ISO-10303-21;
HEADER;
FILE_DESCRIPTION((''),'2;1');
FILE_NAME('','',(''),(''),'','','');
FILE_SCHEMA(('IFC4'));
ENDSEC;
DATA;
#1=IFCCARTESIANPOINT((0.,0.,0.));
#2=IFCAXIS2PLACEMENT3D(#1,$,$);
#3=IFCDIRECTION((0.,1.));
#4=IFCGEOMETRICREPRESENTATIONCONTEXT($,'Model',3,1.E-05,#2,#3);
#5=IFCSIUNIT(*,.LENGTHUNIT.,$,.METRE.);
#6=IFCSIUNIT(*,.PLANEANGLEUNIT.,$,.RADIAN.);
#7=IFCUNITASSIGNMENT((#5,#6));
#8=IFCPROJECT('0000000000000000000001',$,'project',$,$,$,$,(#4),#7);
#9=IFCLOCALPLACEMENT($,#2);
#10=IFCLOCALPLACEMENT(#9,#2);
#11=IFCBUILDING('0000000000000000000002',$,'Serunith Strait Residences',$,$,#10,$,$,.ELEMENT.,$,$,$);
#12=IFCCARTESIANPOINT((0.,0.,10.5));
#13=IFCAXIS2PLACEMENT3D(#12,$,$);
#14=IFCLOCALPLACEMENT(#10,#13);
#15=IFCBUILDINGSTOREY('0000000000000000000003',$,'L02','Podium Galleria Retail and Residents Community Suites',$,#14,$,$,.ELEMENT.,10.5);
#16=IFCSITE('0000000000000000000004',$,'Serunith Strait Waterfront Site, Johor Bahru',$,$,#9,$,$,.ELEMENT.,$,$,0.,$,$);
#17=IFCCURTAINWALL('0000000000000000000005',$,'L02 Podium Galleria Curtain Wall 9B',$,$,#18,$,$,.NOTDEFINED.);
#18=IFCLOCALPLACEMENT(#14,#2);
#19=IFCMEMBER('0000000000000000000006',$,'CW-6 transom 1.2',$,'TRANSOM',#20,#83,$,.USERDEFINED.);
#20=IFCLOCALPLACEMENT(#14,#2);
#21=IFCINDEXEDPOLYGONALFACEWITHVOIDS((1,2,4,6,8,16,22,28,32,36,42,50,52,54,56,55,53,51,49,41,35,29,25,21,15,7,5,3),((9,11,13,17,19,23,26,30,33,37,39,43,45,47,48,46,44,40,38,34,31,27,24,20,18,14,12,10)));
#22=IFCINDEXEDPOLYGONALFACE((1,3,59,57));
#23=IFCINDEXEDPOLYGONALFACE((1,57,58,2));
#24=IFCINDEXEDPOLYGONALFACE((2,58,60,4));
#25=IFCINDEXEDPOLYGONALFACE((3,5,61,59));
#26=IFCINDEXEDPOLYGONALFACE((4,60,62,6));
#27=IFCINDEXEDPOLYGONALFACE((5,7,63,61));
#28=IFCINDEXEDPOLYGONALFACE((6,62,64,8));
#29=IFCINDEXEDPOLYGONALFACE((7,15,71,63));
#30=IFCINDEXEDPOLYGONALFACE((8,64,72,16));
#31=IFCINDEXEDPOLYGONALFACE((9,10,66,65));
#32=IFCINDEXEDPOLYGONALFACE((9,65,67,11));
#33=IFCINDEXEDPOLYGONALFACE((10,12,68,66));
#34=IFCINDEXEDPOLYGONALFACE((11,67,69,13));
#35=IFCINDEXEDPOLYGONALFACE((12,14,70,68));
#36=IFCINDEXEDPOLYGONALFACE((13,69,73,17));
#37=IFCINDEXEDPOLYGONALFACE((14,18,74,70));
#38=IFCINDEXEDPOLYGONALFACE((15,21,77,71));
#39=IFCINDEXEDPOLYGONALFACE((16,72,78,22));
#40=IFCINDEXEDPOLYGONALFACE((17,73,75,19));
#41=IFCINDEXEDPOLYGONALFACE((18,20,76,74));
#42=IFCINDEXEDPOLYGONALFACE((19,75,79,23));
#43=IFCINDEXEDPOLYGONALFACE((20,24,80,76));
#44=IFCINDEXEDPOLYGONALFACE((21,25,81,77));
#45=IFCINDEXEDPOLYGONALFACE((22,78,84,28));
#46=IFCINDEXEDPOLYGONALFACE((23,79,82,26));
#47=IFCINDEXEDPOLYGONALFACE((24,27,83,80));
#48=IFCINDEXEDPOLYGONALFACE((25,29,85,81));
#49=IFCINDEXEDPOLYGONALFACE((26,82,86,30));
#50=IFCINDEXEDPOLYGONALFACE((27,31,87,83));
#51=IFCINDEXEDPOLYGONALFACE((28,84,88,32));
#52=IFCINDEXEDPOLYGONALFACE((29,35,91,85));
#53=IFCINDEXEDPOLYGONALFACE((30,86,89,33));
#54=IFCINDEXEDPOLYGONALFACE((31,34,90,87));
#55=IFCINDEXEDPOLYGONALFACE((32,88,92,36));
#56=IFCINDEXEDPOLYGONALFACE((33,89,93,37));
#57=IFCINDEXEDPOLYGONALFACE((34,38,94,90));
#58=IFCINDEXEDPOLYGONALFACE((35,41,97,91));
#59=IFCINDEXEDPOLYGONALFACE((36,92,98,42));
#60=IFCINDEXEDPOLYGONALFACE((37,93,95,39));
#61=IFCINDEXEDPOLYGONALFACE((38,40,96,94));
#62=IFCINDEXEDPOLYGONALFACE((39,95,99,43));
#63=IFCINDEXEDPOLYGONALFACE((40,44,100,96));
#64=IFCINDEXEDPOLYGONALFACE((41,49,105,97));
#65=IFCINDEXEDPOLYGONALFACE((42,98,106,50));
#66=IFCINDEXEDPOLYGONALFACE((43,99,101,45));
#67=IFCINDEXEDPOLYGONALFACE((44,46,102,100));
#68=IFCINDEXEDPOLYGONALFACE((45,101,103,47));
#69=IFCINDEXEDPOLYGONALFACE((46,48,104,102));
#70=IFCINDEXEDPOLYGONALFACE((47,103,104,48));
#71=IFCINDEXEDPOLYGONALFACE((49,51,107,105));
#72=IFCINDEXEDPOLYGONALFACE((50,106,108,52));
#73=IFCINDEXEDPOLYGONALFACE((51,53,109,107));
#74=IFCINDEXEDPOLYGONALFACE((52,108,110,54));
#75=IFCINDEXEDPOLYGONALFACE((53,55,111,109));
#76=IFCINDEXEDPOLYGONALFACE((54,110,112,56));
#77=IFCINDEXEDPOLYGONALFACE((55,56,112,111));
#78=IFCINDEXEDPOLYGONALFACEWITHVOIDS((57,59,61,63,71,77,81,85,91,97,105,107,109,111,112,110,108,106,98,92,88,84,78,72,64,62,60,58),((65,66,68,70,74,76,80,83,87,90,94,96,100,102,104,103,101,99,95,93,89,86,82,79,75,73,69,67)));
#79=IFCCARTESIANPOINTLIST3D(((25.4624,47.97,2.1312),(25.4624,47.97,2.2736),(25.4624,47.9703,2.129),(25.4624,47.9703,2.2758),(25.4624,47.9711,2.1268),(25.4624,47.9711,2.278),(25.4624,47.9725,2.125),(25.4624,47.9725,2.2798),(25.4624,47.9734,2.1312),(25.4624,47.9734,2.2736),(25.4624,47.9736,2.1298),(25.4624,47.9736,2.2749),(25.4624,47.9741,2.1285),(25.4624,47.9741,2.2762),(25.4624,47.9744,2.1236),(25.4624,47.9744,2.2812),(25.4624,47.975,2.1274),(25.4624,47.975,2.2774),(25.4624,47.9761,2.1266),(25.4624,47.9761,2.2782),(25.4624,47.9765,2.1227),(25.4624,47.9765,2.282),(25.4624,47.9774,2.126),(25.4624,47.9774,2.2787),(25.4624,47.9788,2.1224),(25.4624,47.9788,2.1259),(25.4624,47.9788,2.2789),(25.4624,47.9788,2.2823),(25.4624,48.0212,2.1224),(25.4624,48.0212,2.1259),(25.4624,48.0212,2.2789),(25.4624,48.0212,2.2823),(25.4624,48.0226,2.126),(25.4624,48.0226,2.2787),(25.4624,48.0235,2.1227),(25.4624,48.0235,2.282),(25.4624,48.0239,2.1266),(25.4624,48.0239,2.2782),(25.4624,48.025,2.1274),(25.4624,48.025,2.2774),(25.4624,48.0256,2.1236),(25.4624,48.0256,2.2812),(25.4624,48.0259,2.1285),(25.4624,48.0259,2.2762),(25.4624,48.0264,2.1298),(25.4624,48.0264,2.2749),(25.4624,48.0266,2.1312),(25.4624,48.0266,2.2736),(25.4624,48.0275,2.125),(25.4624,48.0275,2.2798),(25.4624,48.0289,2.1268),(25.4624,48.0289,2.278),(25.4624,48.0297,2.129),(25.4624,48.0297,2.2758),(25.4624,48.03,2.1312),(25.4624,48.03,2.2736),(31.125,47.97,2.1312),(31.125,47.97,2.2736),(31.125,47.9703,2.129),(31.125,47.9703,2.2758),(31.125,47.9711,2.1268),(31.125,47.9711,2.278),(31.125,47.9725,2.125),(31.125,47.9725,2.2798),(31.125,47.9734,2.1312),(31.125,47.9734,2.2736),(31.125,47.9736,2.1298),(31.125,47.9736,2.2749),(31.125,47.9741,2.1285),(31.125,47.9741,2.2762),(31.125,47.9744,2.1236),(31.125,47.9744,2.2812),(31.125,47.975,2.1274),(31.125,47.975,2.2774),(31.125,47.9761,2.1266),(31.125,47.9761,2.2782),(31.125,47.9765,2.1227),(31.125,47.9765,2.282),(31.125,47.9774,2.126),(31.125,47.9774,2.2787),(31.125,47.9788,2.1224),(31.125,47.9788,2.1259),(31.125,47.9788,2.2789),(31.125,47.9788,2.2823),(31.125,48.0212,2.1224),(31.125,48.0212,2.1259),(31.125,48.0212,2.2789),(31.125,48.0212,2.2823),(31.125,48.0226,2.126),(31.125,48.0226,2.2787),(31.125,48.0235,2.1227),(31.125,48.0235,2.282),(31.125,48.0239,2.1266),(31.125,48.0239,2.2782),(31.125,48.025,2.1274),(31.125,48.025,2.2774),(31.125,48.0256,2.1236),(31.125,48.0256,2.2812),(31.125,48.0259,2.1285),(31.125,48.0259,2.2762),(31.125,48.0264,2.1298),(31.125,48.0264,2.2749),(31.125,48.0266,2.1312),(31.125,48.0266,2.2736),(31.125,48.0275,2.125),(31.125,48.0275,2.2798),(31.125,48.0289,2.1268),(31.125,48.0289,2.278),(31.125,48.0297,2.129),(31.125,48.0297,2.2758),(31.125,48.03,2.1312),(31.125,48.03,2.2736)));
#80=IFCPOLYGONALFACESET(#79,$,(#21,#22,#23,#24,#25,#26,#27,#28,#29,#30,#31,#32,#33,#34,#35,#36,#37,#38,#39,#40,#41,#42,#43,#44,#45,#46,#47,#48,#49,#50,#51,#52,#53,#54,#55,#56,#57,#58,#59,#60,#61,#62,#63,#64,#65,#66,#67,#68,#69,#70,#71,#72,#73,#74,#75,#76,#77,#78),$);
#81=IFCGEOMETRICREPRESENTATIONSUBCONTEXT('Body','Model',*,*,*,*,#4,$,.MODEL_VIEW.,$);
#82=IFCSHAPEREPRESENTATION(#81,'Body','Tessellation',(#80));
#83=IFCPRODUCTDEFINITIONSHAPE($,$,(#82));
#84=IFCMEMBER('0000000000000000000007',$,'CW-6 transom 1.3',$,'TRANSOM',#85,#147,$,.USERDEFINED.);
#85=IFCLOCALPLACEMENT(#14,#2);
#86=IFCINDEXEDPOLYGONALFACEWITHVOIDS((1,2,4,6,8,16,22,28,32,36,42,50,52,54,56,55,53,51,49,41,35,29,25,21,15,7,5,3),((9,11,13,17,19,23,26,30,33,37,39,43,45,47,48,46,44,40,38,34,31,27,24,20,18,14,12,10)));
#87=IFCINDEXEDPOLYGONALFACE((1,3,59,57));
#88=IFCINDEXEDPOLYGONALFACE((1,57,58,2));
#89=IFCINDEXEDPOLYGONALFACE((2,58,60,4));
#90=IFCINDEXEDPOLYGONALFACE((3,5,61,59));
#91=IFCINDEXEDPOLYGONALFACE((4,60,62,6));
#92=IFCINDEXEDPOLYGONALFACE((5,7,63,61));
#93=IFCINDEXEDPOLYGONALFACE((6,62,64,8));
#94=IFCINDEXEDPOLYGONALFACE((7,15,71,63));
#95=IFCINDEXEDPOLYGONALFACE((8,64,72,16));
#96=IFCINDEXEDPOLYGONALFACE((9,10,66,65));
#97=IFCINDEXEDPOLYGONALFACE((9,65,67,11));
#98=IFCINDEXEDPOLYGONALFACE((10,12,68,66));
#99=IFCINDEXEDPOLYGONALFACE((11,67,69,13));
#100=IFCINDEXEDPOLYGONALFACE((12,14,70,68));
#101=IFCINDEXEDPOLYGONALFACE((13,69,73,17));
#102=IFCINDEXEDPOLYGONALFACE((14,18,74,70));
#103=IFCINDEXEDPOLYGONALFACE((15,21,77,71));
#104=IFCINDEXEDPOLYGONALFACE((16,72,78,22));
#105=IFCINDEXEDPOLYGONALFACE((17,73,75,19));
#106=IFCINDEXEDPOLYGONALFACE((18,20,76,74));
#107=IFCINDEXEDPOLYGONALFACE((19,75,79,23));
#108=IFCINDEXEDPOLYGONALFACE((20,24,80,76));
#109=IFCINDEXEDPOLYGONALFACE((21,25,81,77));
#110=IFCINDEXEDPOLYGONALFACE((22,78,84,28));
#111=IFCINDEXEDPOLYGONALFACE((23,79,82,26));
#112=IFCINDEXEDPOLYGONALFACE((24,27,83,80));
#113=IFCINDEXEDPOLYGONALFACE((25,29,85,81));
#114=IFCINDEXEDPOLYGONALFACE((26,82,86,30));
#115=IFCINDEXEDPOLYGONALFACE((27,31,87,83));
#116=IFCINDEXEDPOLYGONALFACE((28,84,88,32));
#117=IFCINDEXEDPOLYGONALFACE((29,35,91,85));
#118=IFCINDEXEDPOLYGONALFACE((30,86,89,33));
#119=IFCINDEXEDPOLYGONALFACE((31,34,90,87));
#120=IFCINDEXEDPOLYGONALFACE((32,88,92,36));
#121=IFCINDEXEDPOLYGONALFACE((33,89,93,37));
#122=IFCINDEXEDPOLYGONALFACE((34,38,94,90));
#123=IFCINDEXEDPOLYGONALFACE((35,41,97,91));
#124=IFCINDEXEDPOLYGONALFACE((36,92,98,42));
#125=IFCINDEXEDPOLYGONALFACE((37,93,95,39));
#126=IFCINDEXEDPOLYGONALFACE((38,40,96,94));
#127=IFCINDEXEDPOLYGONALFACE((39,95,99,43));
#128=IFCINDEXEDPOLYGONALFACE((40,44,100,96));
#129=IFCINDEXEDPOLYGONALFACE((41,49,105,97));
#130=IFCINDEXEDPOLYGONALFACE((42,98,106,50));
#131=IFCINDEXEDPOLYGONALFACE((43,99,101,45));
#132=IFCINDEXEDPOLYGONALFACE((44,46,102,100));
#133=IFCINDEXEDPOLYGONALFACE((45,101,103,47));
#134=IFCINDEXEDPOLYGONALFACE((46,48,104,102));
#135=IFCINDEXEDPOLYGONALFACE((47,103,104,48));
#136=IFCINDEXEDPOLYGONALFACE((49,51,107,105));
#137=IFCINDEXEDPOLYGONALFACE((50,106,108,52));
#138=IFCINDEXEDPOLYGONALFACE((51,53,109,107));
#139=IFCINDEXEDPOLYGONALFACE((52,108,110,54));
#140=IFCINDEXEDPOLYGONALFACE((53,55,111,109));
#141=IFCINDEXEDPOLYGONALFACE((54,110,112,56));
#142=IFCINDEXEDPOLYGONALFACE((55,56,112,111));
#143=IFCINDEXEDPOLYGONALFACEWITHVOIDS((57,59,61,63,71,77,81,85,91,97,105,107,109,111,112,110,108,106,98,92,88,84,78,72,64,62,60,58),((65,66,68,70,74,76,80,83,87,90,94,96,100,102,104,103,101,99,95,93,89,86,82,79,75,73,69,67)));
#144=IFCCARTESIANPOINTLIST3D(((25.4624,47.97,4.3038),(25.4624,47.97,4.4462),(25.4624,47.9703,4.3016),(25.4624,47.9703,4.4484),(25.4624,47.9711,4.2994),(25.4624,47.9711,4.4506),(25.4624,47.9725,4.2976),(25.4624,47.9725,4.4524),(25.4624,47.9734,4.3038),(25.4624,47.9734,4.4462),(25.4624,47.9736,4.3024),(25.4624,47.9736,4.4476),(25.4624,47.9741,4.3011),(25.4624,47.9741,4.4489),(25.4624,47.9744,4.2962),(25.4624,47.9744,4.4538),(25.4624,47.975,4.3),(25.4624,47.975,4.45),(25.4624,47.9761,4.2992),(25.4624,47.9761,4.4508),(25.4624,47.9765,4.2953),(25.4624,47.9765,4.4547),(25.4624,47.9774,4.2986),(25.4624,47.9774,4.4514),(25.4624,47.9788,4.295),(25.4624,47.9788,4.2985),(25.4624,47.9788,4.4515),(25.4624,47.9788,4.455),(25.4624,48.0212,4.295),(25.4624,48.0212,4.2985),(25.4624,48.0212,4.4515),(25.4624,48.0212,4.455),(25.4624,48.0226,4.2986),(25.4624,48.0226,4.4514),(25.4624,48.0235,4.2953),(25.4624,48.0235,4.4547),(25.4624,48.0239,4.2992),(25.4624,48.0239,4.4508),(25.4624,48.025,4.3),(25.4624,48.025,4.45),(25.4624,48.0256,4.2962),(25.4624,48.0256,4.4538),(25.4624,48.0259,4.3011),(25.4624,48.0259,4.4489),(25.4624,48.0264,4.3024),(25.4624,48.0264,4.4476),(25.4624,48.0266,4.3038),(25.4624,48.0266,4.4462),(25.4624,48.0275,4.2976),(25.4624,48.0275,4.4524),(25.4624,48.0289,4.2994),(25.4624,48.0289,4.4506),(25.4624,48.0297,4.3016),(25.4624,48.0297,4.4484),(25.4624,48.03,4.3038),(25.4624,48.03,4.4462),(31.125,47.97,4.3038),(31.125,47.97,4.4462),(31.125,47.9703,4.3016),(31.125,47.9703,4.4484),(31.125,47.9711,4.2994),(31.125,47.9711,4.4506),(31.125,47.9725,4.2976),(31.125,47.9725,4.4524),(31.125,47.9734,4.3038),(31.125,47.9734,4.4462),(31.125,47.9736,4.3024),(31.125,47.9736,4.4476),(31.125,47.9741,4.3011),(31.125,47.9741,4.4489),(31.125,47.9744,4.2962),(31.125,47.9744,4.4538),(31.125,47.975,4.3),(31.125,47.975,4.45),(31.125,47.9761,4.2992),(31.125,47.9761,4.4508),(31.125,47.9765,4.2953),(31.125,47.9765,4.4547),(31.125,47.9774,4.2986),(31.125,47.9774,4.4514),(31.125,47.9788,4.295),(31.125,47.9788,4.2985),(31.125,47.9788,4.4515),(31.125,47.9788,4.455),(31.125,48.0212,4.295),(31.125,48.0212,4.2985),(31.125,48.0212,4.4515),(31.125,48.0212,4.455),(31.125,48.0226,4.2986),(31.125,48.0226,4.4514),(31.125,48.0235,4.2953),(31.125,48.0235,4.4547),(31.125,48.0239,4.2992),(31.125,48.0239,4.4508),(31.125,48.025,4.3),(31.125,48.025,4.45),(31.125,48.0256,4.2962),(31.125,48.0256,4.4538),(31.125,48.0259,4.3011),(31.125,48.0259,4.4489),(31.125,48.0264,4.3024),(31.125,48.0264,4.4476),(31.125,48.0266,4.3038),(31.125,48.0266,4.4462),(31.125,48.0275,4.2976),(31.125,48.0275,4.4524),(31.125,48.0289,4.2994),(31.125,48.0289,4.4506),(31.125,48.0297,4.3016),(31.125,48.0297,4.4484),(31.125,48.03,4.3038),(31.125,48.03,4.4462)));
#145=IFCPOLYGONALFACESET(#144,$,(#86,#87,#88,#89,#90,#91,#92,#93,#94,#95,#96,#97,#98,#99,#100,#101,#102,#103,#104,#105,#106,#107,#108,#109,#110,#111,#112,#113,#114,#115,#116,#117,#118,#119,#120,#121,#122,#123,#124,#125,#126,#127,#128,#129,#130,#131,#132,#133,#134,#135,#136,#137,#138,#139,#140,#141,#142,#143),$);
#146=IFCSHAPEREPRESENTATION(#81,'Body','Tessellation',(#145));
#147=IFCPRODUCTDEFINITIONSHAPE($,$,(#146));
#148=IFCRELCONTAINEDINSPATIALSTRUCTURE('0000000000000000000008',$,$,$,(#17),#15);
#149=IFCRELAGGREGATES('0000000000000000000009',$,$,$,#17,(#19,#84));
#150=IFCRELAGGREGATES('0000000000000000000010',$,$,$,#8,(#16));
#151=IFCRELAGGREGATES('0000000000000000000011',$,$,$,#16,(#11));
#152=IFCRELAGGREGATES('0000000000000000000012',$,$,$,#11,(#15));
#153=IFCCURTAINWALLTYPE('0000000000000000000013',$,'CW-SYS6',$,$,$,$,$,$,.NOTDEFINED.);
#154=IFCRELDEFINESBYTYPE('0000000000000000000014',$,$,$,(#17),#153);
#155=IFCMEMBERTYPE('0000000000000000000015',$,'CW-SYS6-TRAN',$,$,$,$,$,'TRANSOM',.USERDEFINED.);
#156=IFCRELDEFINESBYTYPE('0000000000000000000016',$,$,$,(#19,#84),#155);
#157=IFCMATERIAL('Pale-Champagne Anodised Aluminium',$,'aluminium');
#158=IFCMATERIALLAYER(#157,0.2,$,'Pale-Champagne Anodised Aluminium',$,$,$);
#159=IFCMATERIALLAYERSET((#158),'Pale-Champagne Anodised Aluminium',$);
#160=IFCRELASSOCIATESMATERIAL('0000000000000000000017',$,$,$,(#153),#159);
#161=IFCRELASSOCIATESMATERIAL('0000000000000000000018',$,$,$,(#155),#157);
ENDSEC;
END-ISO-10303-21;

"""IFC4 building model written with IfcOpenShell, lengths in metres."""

from ifc_helpers import new_model, si_unit, direction, frame, origin, origin_2d, place, context, subcontext, project, spatial, hollow_rectangle, extrude, source, transform, mapped, material, layer, layer_set, material_profile, profile_set, type_object, element, aggregate, save


model = new_model("IFC4")

# Units and contexts
model_context = context("Model", 3, precision=1e-05, world=origin(), true_north=direction((0.0, 1.0)))
body_context = subcontext(model_context, "Body", "Model", "MODEL_VIEW")
ifc_project = project(units=[si_unit("LENGTHUNIT", "METRE"), si_unit("PLANEANGLEUNIT", "RADIAN")], contexts=[model_context])

# Site, building, storey
site_placement = place(None, origin())
site = spatial("IfcSite", under=ifc_project, at=site_placement, Name="Serunith Strait Waterfront Site, Johor Bahru", CompositionType="ELEMENT", RefElevation=0.0)
building_placement = place(site_placement, origin())
building = spatial("IfcBuilding", under=site, at=building_placement, Name="Serunith Strait Residences", CompositionType="ELEMENT")
storey_placement = place(building_placement, frame((0.0, 0.0, 10.5)))
storey = spatial("IfcBuildingStorey", under=building, at=storey_placement, Name="L02", Description="Podium Galleria Retail and Residents Community Suites", CompositionType="ELEMENT", Elevation=10.5)

# Curtain wall, members
ifc_material_1 = material(Name="Pale-Champagne Anodised Aluminium", Category="aluminium")
ifc_layer_1 = layer(ifc_material_1, 0.2, Name="Pale-Champagne Anodised Aluminium")
ifc_layer_set_1 = layer_set([ifc_layer_1], Name="Pale-Champagne Anodised Aluminium")
curtain_wall_type = type_object("IfcCurtainWallType", Name="CW-SYS6", PredefinedType="NOTDEFINED", material=ifc_layer_set_1)
curtain_wall_1_placement = place(storey_placement, origin())
curtain_wall_1 = element("IfcCurtainWall", 1, at=curtain_wall_1_placement, inside=storey, type_object=curtain_wall_type, Name="L02 Podium Galleria Curtain Wall 9B", PredefinedType="NOTDEFINED")
ifc_material_profile_1 = material_profile(ifc_material_1, hollow_rectangle(XDim=0.0601, YDim=0.1599, WallThickness=0.0034, InnerFilletRadius=0.0054, OuterFilletRadius=0.0088, at=origin_2d()), Name="ALU 160x60x3.5")
ifc_profile_set_1 = profile_set([ifc_material_profile_1], Name="Pale-Champagne Anodised Aluminium")
member_type_1 = type_object("IfcMemberType", Name="CW-SYS6-TRAN", ElementType="TRANSOM", PredefinedType="USERDEFINED", material=ifc_profile_set_1)
shared_shape_1 = source(origin(), body_context, "Body", "SweptSolid", [
    extrude(hollow_rectangle(XDim=0.0601, YDim=0.1599, WallThickness=0.0034, InnerFilletRadius=0.0054, OuterFilletRadius=0.0088, at=origin_2d()), origin(), (0.0, 0.0, 1.0), 5.6626),
])
member_1_placement = place(storey_placement, frame((31.125, 48.0, 2.2024), z_axis=(-1.0, 0.0, 0.0), x_axis=(0.0, -1.0, 0.0)))
member_1 = element("IfcMember", 2, at=member_1_placement, type_object=member_type_1, Name="CW-6 transom 1.2", ObjectType="TRANSOM", PredefinedType="USERDEFINED", context=body_context, shape_type="MappedRepresentation", body=[
    mapped(shared_shape_1, transform((0.0, 0.0, 0.0), scale=1.0)),
])
member_2_placement = place(storey_placement, frame((31.125, 48.0, 4.375), z_axis=(-1.0, 0.0, 0.0), x_axis=(0.0, -1.0, 0.0)))
member_2 = element("IfcMember", 3, at=member_2_placement, type_object=member_type_1, Name="CW-6 transom 1.3", ObjectType="TRANSOM", PredefinedType="USERDEFINED", context=body_context, shape_type="MappedRepresentation", body=[
    mapped(shared_shape_1, transform((0.0, 0.0, 0.0), scale=1.0)),
])

aggregate(curtain_wall_1, [member_1, member_2])

save(model, "model.ifc")
